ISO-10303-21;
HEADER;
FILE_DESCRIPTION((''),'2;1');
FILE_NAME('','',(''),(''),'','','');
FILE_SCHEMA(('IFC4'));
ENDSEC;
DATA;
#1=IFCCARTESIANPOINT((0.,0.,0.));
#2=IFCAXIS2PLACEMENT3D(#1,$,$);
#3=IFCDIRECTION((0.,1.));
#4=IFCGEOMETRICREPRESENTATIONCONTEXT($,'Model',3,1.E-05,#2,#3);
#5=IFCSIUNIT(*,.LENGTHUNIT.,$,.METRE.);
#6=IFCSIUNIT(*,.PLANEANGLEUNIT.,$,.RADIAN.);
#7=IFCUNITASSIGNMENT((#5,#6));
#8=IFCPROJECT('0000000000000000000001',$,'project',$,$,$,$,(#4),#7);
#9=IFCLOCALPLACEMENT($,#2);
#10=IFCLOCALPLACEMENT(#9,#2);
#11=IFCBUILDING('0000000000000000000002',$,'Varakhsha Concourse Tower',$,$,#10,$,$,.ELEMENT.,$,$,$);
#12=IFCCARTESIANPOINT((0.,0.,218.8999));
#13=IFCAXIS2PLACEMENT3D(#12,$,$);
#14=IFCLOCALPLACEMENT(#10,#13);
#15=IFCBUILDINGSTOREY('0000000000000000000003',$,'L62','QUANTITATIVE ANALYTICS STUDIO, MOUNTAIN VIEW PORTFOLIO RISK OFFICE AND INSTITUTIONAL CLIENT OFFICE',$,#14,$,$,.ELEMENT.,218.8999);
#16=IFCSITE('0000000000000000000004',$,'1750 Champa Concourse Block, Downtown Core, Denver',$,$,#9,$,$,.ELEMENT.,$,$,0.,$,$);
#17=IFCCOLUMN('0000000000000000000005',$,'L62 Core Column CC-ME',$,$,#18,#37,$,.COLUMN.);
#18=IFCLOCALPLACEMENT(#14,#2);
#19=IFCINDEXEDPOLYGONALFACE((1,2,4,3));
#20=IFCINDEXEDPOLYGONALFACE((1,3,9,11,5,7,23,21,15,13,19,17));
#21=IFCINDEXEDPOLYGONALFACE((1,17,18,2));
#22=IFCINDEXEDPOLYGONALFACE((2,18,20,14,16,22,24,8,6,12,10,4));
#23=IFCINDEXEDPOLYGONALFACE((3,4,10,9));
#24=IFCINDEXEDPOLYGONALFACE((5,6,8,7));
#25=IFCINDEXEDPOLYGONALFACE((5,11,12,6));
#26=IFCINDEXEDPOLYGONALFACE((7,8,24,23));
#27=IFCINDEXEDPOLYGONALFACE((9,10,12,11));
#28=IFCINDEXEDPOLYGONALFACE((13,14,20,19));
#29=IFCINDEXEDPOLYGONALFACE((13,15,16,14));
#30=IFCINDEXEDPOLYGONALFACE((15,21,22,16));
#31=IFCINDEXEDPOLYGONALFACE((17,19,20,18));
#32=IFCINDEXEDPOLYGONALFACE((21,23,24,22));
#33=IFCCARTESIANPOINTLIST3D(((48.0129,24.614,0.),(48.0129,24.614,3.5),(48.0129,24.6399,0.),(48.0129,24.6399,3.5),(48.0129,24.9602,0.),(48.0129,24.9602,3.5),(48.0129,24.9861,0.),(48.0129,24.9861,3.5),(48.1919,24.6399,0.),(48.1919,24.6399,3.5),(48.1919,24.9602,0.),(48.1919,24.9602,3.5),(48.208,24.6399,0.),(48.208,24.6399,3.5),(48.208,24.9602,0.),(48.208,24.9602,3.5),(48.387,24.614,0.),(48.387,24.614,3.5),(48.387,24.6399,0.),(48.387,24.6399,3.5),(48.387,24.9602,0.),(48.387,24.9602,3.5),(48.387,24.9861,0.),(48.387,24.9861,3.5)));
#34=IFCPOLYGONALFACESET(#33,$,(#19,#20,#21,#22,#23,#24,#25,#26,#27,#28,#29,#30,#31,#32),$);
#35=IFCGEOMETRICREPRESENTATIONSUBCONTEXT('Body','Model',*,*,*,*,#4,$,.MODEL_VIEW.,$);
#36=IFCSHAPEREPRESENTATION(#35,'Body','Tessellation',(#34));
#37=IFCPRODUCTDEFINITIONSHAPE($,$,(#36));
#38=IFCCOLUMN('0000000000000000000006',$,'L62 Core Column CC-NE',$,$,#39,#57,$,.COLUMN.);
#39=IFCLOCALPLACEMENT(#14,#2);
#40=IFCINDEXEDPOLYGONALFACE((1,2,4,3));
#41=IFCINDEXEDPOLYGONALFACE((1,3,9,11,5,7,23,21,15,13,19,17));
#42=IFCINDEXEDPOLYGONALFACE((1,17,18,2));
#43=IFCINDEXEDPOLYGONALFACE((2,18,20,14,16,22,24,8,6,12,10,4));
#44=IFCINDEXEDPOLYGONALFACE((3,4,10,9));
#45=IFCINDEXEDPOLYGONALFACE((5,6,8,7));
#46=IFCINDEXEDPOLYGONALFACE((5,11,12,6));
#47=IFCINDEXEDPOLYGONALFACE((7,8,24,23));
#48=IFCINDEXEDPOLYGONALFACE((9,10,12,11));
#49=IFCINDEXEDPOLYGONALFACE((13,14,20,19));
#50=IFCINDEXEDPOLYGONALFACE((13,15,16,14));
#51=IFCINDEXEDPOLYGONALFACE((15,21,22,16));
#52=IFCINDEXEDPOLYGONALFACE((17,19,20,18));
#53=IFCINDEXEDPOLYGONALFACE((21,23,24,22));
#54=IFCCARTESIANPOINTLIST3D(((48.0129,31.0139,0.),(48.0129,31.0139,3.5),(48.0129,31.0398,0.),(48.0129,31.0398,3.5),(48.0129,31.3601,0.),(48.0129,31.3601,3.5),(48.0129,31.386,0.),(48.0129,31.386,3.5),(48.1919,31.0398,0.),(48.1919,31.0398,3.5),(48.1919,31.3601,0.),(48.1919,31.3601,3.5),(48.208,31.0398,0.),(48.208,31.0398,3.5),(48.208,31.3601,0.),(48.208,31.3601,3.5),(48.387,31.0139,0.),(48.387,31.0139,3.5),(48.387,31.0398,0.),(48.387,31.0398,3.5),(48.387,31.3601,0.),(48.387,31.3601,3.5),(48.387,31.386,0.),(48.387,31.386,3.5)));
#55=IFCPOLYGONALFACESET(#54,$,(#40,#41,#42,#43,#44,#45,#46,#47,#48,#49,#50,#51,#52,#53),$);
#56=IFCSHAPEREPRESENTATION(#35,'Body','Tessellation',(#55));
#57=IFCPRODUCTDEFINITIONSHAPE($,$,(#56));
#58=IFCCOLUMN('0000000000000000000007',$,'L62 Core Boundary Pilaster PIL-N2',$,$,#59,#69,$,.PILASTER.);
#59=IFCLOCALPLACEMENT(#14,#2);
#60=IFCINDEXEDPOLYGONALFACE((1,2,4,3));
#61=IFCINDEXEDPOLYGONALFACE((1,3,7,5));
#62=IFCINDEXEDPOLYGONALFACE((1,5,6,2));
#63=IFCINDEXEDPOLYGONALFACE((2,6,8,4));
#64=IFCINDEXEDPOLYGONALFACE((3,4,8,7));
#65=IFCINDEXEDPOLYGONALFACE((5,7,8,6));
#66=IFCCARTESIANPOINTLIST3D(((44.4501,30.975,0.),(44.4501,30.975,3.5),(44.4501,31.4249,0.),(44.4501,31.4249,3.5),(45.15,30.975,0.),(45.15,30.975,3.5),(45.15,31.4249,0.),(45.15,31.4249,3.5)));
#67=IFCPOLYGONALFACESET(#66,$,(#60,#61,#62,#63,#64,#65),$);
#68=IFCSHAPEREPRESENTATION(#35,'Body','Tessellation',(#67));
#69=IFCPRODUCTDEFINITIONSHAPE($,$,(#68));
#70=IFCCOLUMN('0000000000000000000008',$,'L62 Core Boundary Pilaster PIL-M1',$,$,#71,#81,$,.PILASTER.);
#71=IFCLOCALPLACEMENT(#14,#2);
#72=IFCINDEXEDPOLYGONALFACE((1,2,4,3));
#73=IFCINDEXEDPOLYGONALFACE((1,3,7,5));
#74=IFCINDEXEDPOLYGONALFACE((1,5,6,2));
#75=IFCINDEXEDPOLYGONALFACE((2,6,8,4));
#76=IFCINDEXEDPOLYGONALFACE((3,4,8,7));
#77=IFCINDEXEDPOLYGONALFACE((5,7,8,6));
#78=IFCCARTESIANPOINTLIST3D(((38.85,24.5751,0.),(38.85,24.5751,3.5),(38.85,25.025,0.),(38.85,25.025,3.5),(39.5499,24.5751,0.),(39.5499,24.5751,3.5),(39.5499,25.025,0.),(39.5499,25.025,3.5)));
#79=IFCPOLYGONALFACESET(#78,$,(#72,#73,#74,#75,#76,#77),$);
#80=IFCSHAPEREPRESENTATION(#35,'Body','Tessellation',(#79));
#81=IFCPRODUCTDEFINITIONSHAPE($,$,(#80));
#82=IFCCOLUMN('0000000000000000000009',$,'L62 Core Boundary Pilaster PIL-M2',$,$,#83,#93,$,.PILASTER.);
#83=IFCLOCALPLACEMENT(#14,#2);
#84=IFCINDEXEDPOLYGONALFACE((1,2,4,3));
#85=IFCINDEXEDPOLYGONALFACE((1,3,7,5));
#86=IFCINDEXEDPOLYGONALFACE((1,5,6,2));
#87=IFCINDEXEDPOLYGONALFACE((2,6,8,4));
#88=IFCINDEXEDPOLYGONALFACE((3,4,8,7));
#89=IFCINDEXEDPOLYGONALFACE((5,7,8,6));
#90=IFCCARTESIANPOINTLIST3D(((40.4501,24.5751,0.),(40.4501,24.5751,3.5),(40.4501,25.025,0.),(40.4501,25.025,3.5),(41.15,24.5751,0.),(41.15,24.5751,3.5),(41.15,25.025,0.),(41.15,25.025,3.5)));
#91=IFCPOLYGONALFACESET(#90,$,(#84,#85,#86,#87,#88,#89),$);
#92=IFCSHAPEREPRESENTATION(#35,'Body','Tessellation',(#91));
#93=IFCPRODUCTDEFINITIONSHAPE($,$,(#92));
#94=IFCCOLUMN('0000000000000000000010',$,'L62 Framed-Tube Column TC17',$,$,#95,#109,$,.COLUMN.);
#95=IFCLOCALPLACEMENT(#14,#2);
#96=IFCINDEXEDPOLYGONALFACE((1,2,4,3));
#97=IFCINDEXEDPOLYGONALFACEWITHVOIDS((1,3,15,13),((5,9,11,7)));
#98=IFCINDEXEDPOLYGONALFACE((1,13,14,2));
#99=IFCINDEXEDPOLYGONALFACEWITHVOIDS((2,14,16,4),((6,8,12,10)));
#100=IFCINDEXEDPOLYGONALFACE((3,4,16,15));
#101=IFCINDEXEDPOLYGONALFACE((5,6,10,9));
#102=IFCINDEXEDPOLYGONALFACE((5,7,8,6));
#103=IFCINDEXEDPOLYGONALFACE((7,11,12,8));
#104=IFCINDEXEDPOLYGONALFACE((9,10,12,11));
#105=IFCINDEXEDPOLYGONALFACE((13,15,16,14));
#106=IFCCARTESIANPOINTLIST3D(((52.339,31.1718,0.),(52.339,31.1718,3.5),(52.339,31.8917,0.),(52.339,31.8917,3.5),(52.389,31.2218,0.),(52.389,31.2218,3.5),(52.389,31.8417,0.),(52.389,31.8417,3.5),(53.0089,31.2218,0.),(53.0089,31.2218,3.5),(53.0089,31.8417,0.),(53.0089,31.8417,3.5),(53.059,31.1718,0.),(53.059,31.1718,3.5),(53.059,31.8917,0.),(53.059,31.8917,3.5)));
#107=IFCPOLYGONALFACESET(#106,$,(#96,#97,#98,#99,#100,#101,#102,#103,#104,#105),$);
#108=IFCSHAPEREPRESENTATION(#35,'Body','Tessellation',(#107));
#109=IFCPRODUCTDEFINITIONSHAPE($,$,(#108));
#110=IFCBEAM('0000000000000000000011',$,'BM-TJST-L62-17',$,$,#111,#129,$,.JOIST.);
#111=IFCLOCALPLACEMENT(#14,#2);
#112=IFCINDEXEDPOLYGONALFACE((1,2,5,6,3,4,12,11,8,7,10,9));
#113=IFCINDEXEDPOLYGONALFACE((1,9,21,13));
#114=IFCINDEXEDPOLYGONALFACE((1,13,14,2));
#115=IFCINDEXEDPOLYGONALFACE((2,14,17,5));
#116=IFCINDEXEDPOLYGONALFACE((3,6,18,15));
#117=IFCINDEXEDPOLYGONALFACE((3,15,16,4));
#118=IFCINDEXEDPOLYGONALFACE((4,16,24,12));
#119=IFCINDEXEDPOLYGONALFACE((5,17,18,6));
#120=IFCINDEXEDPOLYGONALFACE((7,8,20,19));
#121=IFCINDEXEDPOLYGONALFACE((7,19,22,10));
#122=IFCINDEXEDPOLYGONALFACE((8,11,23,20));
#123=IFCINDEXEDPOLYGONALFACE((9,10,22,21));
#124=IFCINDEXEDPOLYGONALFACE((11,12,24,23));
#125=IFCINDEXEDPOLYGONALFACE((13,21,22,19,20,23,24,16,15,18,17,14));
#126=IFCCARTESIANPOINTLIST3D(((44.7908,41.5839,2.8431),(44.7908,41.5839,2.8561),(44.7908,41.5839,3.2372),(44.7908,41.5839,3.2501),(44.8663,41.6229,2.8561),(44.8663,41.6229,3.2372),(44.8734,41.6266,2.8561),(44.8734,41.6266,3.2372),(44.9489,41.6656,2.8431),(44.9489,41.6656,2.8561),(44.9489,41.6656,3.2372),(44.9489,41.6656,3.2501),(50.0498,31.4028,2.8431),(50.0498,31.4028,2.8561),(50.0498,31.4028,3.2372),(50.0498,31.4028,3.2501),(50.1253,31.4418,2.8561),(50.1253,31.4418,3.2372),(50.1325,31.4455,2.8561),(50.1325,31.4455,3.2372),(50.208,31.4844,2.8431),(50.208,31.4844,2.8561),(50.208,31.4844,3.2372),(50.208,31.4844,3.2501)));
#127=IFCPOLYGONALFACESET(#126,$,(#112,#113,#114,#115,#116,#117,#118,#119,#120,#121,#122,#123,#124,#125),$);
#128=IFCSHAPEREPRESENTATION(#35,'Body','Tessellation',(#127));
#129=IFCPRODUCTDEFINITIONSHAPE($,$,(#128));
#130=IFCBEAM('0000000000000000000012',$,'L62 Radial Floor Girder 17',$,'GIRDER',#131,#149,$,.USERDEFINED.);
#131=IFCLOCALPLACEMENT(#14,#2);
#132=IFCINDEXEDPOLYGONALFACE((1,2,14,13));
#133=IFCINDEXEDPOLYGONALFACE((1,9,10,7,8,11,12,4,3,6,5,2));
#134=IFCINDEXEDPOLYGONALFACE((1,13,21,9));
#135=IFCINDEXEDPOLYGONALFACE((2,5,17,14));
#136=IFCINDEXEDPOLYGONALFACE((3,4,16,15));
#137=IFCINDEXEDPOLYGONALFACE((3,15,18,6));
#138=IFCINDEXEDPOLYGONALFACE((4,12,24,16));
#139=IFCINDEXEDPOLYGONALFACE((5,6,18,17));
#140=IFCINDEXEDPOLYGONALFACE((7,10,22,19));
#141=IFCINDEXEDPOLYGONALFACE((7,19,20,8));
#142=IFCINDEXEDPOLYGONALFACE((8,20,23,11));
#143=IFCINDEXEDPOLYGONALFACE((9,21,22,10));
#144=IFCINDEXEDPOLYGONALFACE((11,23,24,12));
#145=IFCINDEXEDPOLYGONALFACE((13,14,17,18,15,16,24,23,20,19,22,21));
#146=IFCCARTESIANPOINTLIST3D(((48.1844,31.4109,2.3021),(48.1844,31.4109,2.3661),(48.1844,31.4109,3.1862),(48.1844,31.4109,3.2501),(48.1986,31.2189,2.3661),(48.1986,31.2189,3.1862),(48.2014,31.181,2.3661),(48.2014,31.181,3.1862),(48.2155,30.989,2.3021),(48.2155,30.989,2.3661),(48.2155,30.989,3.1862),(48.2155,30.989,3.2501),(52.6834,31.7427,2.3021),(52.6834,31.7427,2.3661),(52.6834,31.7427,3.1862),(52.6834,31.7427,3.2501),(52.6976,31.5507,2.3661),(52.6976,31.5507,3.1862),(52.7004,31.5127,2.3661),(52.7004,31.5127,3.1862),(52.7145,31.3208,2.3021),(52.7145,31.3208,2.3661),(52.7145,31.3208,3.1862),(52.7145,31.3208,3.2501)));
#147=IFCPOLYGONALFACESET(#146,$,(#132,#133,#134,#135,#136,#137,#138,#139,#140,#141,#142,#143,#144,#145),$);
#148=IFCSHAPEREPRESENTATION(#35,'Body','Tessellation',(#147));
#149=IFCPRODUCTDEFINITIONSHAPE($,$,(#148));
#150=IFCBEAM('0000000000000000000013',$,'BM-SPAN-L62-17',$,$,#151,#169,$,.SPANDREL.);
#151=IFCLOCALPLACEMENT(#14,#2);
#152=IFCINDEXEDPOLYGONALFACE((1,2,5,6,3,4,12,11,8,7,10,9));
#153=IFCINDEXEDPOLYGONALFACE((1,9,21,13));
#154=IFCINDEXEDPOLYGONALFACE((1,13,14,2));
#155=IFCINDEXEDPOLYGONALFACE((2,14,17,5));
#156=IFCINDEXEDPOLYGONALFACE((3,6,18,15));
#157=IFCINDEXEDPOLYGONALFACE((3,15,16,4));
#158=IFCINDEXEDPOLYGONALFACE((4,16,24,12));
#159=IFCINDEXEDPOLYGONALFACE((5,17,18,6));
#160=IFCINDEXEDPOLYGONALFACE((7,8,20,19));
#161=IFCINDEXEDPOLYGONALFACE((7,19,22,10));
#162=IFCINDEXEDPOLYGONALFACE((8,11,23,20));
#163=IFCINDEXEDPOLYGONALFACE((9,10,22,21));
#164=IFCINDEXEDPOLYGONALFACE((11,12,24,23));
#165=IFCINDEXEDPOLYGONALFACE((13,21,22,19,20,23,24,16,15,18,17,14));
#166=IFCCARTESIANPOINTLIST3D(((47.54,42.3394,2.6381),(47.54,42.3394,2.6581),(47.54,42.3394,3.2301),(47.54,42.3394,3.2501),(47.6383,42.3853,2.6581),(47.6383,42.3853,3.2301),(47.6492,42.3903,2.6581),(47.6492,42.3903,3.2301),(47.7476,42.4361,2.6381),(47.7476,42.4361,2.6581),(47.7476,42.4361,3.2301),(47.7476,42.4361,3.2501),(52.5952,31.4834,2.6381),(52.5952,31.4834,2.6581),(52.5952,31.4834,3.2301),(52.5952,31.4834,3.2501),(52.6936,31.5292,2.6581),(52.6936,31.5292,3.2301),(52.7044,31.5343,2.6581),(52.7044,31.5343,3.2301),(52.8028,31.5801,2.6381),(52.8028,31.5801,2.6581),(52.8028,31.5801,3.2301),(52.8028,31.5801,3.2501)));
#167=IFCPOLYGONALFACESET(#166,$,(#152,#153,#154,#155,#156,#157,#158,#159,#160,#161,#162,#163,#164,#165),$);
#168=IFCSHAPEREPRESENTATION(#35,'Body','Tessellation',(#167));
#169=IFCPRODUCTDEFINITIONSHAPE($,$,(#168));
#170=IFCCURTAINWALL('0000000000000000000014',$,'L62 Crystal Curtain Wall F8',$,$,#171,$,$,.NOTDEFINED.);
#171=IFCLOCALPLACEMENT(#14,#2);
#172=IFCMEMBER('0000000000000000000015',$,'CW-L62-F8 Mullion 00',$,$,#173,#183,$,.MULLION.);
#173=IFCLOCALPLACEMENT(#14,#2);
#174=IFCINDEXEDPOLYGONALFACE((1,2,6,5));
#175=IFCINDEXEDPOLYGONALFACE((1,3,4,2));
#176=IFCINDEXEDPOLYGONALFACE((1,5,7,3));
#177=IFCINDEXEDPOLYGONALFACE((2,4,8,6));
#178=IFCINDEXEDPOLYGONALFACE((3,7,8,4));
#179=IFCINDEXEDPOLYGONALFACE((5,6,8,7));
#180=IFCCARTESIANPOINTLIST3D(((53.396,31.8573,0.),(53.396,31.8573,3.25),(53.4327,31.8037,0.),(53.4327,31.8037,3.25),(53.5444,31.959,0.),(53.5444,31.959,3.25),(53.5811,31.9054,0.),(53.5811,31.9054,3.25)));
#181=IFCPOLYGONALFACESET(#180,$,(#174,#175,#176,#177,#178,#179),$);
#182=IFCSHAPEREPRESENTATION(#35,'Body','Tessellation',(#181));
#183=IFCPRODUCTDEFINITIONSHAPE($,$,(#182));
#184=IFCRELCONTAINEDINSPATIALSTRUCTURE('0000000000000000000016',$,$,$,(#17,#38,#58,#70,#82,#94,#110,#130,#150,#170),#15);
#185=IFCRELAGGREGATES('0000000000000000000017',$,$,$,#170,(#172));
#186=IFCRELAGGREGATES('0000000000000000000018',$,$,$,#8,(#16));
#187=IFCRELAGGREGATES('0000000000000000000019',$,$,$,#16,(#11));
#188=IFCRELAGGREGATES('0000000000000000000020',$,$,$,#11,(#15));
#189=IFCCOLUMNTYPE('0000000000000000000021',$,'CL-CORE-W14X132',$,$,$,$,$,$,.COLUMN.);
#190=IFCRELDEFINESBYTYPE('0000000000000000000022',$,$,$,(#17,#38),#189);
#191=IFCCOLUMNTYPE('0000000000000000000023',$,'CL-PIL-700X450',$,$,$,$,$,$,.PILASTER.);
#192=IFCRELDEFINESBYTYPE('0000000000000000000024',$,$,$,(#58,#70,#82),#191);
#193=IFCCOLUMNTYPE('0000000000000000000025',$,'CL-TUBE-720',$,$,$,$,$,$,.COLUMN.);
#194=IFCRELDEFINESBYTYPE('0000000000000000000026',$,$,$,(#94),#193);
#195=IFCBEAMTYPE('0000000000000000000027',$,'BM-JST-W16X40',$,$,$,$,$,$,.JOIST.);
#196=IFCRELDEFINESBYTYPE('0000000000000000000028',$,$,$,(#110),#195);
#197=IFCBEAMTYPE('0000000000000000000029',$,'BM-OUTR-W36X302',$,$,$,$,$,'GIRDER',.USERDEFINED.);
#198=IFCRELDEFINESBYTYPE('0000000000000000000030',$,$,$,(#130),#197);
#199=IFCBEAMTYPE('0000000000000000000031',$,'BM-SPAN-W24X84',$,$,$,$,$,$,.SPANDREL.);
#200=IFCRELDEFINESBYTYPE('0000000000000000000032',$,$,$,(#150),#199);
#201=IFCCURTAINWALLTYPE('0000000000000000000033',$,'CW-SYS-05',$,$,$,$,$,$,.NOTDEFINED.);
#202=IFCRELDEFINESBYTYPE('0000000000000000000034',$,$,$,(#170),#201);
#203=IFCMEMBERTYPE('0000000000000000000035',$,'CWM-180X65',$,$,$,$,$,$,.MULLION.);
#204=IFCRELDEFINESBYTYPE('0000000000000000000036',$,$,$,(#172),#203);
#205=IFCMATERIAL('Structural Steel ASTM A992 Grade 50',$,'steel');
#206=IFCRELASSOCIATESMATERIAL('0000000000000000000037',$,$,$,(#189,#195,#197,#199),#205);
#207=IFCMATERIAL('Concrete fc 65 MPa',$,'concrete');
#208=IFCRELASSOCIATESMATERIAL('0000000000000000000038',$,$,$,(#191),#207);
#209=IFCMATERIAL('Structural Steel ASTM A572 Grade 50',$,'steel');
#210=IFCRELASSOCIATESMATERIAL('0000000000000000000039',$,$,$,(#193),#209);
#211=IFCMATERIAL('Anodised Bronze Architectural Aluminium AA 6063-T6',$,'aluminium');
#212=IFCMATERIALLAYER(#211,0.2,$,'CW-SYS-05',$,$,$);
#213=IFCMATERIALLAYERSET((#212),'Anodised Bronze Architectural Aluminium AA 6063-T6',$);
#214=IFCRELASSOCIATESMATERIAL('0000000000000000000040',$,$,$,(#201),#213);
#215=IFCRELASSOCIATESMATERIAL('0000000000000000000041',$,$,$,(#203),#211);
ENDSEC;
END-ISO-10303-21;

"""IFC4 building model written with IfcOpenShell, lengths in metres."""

from ifc_helpers import new_model, si_unit, direction, frame, origin, origin_2d, place, context, subcontext, project, spatial, rectangle, hollow_rectangle, i_section, extrude, source, transform, mapped, material, layer, layer_set, material_profile, profile_set, type_object, type_shapes, element, aggregate, save


model = new_model("IFC4")

# Units and contexts
model_context = context("Model", 3, precision=1e-05, world=origin(), true_north=direction((0.0, 1.0)))
body_context = subcontext(model_context, "Body", "Model", "MODEL_VIEW")
ifc_project = project(units=[si_unit("LENGTHUNIT", "METRE"), si_unit("PLANEANGLEUNIT", "RADIAN")], contexts=[model_context])

# Site, building, storey
site_placement = place(None, origin())
site = spatial("IfcSite", under=ifc_project, at=site_placement, Name="1750 Champa Concourse Block, Downtown Core, Denver", CompositionType="ELEMENT", RefElevation=0.0)
building_placement = place(site_placement, origin())
building = spatial("IfcBuilding", under=site, at=building_placement, Name="Varakhsha Concourse Tower", CompositionType="ELEMENT")
storey_placement = place(building_placement, frame((0.0, 0.0, 218.8999)))
storey = spatial("IfcBuildingStorey", under=building, at=storey_placement, Name="L62", Description="QUANTITATIVE ANALYTICS STUDIO, MOUNTAIN VIEW PORTFOLIO RISK OFFICE AND INSTITUTIONAL CLIENT OFFICE", CompositionType="ELEMENT", Elevation=218.8999)

# Columns
ifc_material_1 = material(Name="Structural Steel ASTM A992 Grade 50", Category="steel")
ifc_material_profile_1 = material_profile(ifc_material_1, i_section(OverallWidth=0.374, OverallDepth=0.3721, WebThickness=0.0161, FlangeThickness=0.0259, at=origin_2d()), Name="W14X132")
ifc_profile_set_1 = profile_set([ifc_material_profile_1], Name="Structural Steel ASTM A992 Grade 50")
column_type_1 = type_object("IfcColumnType", Name="CL-CORE-W14X132", PredefinedType="COLUMN", material=ifc_profile_set_1)
for number, where, z_axis, x_axis, name in (
    (1, (48.2, 24.8, 0.0), (0.0, 0.0, 1.0), (1.0, 0.0, 0.0), "L62 Core Column CC-ME"),
    (2, (48.2, 31.2, 0.0), (0.0, 0.0, 1.0), (1.0, 0.0, 0.0), "L62 Core Column CC-NE"),
):
    element("IfcColumn", number, at=place(storey_placement, frame(where, z_axis=z_axis, x_axis=x_axis)), inside=storey, type_object=column_type_1, Name=name, PredefinedType="COLUMN", context=body_context, shape_type="SweptSolid", body=[
        extrude(i_section(OverallWidth=0.374, OverallDepth=0.3721, WebThickness=0.0161, FlangeThickness=0.0259, at=origin_2d()), origin(), (0.0, 0.0, 1.0), 3.5),
    ])
ifc_material_2 = material(Name="Concrete fc 65 MPa", Category="concrete")
ifc_material_profile_2 = material_profile(ifc_material_2, rectangle(XDim=0.7, YDim=0.45, at=origin_2d()), Name="RC 700x450")
ifc_profile_set_2 = profile_set([ifc_material_profile_2], Name="Concrete fc 65 MPa")
column_type_2 = type_object("IfcColumnType", Name="CL-PIL-700X450", PredefinedType="PILASTER", material=ifc_profile_set_2)
for number, where, z_axis, x_axis, name in (
    (3, (44.8, 31.2, 0.0), (0.0, 0.0, 1.0), (1.0, 0.0, 0.0), "L62 Core Boundary Pilaster PIL-N2"),
    (4, (39.2, 24.8, 0.0), (0.0, 0.0, 1.0), (1.0, 0.0, 0.0), "L62 Core Boundary Pilaster PIL-M1"),
    (5, (40.8, 24.8, 0.0), (0.0, 0.0, 1.0), (1.0, 0.0, 0.0), "L62 Core Boundary Pilaster PIL-M2"),
):
    element("IfcColumn", number, at=place(storey_placement, frame(where, z_axis=z_axis, x_axis=x_axis)), inside=storey, type_object=column_type_2, Name=name, PredefinedType="PILASTER", context=body_context, shape_type="SweptSolid", body=[
        extrude(rectangle(XDim=0.7, YDim=0.45, at=origin_2d()), origin(), (0.0, 0.0, 1.0), 3.5),
    ])
ifc_material_3 = material(Name="Structural Steel ASTM A572 Grade 50", Category="steel")
ifc_material_profile_3 = material_profile(ifc_material_3, hollow_rectangle(XDim=0.72, YDim=0.72, WallThickness=0.05, at=origin_2d()), Name="BOX 720x720x50")
ifc_profile_set_3 = profile_set([ifc_material_profile_3], Name="Structural Steel ASTM A572 Grade 50")
column_type_3 = type_object("IfcColumnType", Name="CL-TUBE-720", PredefinedType="COLUMN", material=ifc_profile_set_3)
column_placement = place(storey_placement, frame((52.699, 31.5317, 0.0), z_axis=(0.0, 0.0, 1.0), x_axis=(1.0, 0.0, 0.0)))
element("IfcColumn", 6, at=column_placement, inside=storey, type_object=column_type_3, Name="L62 Framed-Tube Column TC17", PredefinedType="COLUMN", context=body_context, shape_type="SweptSolid", body=[
    extrude(hollow_rectangle(XDim=0.72, YDim=0.72, WallThickness=0.05, at=origin_2d()), origin(), (0.0, 0.0, 1.0), 3.5),
])

# Beams
ifc_material_profile_4 = material_profile(ifc_material_1, i_section(OverallWidth=0.178, OverallDepth=0.407, WebThickness=0.0081, FlangeThickness=0.0129, at=origin_2d()), Name="W16X40")
ifc_profile_set_4 = profile_set([ifc_material_profile_4], Name="Structural Steel ASTM A992 Grade 50")
beam_type_1 = type_object("IfcBeamType", Name="BM-JST-W16X40", PredefinedType="JOIST", material=ifc_profile_set_4)
beam_1_placement = place(storey_placement, frame((50.1289, 31.4436, 3.0466), z_axis=(-0.458935, 0.88847, 0.0), x_axis=(-0.88847, -0.458935, 0.0)))
element("IfcBeam", 7, at=beam_1_placement, inside=storey, type_object=beam_type_1, Name="BM-TJST-L62-17", PredefinedType="JOIST", context=body_context, shape_type="SweptSolid", body=[
    extrude(i_section(OverallWidth=0.178, OverallDepth=0.407, WebThickness=0.0081, FlangeThickness=0.0129, at=origin_2d()), origin(), (0.0, 0.0, 1.0), 11.4592),
])
ifc_material_profile_5 = material_profile(ifc_material_1, i_section(OverallWidth=0.4231, OverallDepth=0.948, WebThickness=0.0381, FlangeThickness=0.064, at=origin_2d()), Name="W36X302")
ifc_profile_set_5 = profile_set([ifc_material_profile_5], Name="Structural Steel ASTM A992 Grade 50")
beam_type_2 = type_object("IfcBeamType", Name="BM-OUTR-W36X302", ElementType="GIRDER", PredefinedType="USERDEFINED", material=ifc_profile_set_5)
beam_2_placement = place(storey_placement, frame((48.2, 31.2, 2.7761), z_axis=(0.997292, 0.073547, 0.0), x_axis=(-0.073547, 0.997292, 0.0)))
element("IfcBeam", 8, at=beam_2_placement, inside=storey, type_object=beam_type_2, Name="L62 Radial Floor Girder 17", ObjectType="GIRDER", PredefinedType="USERDEFINED", context=body_context, shape_type="SweptSolid", body=[
    extrude(i_section(OverallWidth=0.4231, OverallDepth=0.948, WebThickness=0.0381, FlangeThickness=0.064, at=origin_2d()), origin(), (0.0, 0.0, 1.0), 4.5112),
])
ifc_material_profile_6 = material_profile(ifc_material_1, i_section(OverallWidth=0.229, OverallDepth=0.6121, WebThickness=0.012, FlangeThickness=0.02, at=origin_2d()), Name="W24X84")
ifc_profile_set_6 = profile_set([ifc_material_profile_6], Name="Structural Steel ASTM A992 Grade 50")
beam_type_3 = type_object("IfcBeamType", Name="BM-SPAN-W24X84", PredefinedType="SPANDREL", material=ifc_profile_set_6)
beam_3_placement = place(storey_placement, frame((52.699, 31.5317, 2.9441), z_axis=(-0.422135, 0.906533, 0.0), x_axis=(-0.906533, -0.422135, 0.0)))
element("IfcBeam", 9, at=beam_3_placement, inside=storey, type_object=beam_type_3, Name="BM-SPAN-L62-17", PredefinedType="SPANDREL", context=body_context, shape_type="SweptSolid", body=[
    extrude(i_section(OverallWidth=0.229, OverallDepth=0.6121, WebThickness=0.012, FlangeThickness=0.02, at=origin_2d()), origin(), (0.0, 0.0, 1.0), 11.9753),
])

# Curtain wall, member
ifc_material_4 = material(Name="Anodised Bronze Architectural Aluminium AA 6063-T6", Category="aluminium")
ifc_layer_1 = layer(ifc_material_4, 0.2, Name="CW-SYS-05")
ifc_layer_set_1 = layer_set([ifc_layer_1], Name="Anodised Bronze Architectural Aluminium AA 6063-T6")
curtain_wall_type = type_object("IfcCurtainWallType", Name="CW-SYS-05", PredefinedType="NOTDEFINED", material=ifc_layer_set_1)
curtain_wall_1_placement = place(storey_placement, origin())
curtain_wall_1 = element("IfcCurtainWall", 10, at=curtain_wall_1_placement, inside=storey, type_object=curtain_wall_type, Name="L62 Crystal Curtain Wall F8", PredefinedType="NOTDEFINED")
ifc_material_profile_7 = material_profile(ifc_material_4, rectangle(XDim=0.0649, YDim=0.1799, at=origin_2d()), Name="CWM-180X65")
ifc_profile_set_7 = profile_set([ifc_material_profile_7], Name="Anodised Bronze Architectural Aluminium AA 6063-T6")
member_type_1 = type_object("IfcMemberType", Name="CWM-180X65", PredefinedType="MULLION", material=ifc_profile_set_7)
shared_shape_1 = source(origin(), body_context, "Body", "SweptSolid", [
    extrude(rectangle(XDim=0.0649, YDim=0.1799, at=origin_2d()), origin(), (0.0, 0.0, 1.0), 3.25),
])
type_shapes(member_type_1, [shared_shape_1])
member_1_placement = place(storey_placement, frame((53.4885, 31.8813, 0.0), z_axis=(0.0, 0.0, 1.0), x_axis=(0.565173, -0.824972, 0.0)))
member_1 = element("IfcMember", 11, at=member_1_placement, type_object=member_type_1, Name="CW-L62-F8 Mullion 00", PredefinedType="MULLION", context=body_context, shape_type="MappedRepresentation", body=[
    mapped(shared_shape_1, transform((0.0, 0.0, 0.0), scale=1.0)),
])

aggregate(curtain_wall_1, [member_1])

save(model, "model.ifc")
